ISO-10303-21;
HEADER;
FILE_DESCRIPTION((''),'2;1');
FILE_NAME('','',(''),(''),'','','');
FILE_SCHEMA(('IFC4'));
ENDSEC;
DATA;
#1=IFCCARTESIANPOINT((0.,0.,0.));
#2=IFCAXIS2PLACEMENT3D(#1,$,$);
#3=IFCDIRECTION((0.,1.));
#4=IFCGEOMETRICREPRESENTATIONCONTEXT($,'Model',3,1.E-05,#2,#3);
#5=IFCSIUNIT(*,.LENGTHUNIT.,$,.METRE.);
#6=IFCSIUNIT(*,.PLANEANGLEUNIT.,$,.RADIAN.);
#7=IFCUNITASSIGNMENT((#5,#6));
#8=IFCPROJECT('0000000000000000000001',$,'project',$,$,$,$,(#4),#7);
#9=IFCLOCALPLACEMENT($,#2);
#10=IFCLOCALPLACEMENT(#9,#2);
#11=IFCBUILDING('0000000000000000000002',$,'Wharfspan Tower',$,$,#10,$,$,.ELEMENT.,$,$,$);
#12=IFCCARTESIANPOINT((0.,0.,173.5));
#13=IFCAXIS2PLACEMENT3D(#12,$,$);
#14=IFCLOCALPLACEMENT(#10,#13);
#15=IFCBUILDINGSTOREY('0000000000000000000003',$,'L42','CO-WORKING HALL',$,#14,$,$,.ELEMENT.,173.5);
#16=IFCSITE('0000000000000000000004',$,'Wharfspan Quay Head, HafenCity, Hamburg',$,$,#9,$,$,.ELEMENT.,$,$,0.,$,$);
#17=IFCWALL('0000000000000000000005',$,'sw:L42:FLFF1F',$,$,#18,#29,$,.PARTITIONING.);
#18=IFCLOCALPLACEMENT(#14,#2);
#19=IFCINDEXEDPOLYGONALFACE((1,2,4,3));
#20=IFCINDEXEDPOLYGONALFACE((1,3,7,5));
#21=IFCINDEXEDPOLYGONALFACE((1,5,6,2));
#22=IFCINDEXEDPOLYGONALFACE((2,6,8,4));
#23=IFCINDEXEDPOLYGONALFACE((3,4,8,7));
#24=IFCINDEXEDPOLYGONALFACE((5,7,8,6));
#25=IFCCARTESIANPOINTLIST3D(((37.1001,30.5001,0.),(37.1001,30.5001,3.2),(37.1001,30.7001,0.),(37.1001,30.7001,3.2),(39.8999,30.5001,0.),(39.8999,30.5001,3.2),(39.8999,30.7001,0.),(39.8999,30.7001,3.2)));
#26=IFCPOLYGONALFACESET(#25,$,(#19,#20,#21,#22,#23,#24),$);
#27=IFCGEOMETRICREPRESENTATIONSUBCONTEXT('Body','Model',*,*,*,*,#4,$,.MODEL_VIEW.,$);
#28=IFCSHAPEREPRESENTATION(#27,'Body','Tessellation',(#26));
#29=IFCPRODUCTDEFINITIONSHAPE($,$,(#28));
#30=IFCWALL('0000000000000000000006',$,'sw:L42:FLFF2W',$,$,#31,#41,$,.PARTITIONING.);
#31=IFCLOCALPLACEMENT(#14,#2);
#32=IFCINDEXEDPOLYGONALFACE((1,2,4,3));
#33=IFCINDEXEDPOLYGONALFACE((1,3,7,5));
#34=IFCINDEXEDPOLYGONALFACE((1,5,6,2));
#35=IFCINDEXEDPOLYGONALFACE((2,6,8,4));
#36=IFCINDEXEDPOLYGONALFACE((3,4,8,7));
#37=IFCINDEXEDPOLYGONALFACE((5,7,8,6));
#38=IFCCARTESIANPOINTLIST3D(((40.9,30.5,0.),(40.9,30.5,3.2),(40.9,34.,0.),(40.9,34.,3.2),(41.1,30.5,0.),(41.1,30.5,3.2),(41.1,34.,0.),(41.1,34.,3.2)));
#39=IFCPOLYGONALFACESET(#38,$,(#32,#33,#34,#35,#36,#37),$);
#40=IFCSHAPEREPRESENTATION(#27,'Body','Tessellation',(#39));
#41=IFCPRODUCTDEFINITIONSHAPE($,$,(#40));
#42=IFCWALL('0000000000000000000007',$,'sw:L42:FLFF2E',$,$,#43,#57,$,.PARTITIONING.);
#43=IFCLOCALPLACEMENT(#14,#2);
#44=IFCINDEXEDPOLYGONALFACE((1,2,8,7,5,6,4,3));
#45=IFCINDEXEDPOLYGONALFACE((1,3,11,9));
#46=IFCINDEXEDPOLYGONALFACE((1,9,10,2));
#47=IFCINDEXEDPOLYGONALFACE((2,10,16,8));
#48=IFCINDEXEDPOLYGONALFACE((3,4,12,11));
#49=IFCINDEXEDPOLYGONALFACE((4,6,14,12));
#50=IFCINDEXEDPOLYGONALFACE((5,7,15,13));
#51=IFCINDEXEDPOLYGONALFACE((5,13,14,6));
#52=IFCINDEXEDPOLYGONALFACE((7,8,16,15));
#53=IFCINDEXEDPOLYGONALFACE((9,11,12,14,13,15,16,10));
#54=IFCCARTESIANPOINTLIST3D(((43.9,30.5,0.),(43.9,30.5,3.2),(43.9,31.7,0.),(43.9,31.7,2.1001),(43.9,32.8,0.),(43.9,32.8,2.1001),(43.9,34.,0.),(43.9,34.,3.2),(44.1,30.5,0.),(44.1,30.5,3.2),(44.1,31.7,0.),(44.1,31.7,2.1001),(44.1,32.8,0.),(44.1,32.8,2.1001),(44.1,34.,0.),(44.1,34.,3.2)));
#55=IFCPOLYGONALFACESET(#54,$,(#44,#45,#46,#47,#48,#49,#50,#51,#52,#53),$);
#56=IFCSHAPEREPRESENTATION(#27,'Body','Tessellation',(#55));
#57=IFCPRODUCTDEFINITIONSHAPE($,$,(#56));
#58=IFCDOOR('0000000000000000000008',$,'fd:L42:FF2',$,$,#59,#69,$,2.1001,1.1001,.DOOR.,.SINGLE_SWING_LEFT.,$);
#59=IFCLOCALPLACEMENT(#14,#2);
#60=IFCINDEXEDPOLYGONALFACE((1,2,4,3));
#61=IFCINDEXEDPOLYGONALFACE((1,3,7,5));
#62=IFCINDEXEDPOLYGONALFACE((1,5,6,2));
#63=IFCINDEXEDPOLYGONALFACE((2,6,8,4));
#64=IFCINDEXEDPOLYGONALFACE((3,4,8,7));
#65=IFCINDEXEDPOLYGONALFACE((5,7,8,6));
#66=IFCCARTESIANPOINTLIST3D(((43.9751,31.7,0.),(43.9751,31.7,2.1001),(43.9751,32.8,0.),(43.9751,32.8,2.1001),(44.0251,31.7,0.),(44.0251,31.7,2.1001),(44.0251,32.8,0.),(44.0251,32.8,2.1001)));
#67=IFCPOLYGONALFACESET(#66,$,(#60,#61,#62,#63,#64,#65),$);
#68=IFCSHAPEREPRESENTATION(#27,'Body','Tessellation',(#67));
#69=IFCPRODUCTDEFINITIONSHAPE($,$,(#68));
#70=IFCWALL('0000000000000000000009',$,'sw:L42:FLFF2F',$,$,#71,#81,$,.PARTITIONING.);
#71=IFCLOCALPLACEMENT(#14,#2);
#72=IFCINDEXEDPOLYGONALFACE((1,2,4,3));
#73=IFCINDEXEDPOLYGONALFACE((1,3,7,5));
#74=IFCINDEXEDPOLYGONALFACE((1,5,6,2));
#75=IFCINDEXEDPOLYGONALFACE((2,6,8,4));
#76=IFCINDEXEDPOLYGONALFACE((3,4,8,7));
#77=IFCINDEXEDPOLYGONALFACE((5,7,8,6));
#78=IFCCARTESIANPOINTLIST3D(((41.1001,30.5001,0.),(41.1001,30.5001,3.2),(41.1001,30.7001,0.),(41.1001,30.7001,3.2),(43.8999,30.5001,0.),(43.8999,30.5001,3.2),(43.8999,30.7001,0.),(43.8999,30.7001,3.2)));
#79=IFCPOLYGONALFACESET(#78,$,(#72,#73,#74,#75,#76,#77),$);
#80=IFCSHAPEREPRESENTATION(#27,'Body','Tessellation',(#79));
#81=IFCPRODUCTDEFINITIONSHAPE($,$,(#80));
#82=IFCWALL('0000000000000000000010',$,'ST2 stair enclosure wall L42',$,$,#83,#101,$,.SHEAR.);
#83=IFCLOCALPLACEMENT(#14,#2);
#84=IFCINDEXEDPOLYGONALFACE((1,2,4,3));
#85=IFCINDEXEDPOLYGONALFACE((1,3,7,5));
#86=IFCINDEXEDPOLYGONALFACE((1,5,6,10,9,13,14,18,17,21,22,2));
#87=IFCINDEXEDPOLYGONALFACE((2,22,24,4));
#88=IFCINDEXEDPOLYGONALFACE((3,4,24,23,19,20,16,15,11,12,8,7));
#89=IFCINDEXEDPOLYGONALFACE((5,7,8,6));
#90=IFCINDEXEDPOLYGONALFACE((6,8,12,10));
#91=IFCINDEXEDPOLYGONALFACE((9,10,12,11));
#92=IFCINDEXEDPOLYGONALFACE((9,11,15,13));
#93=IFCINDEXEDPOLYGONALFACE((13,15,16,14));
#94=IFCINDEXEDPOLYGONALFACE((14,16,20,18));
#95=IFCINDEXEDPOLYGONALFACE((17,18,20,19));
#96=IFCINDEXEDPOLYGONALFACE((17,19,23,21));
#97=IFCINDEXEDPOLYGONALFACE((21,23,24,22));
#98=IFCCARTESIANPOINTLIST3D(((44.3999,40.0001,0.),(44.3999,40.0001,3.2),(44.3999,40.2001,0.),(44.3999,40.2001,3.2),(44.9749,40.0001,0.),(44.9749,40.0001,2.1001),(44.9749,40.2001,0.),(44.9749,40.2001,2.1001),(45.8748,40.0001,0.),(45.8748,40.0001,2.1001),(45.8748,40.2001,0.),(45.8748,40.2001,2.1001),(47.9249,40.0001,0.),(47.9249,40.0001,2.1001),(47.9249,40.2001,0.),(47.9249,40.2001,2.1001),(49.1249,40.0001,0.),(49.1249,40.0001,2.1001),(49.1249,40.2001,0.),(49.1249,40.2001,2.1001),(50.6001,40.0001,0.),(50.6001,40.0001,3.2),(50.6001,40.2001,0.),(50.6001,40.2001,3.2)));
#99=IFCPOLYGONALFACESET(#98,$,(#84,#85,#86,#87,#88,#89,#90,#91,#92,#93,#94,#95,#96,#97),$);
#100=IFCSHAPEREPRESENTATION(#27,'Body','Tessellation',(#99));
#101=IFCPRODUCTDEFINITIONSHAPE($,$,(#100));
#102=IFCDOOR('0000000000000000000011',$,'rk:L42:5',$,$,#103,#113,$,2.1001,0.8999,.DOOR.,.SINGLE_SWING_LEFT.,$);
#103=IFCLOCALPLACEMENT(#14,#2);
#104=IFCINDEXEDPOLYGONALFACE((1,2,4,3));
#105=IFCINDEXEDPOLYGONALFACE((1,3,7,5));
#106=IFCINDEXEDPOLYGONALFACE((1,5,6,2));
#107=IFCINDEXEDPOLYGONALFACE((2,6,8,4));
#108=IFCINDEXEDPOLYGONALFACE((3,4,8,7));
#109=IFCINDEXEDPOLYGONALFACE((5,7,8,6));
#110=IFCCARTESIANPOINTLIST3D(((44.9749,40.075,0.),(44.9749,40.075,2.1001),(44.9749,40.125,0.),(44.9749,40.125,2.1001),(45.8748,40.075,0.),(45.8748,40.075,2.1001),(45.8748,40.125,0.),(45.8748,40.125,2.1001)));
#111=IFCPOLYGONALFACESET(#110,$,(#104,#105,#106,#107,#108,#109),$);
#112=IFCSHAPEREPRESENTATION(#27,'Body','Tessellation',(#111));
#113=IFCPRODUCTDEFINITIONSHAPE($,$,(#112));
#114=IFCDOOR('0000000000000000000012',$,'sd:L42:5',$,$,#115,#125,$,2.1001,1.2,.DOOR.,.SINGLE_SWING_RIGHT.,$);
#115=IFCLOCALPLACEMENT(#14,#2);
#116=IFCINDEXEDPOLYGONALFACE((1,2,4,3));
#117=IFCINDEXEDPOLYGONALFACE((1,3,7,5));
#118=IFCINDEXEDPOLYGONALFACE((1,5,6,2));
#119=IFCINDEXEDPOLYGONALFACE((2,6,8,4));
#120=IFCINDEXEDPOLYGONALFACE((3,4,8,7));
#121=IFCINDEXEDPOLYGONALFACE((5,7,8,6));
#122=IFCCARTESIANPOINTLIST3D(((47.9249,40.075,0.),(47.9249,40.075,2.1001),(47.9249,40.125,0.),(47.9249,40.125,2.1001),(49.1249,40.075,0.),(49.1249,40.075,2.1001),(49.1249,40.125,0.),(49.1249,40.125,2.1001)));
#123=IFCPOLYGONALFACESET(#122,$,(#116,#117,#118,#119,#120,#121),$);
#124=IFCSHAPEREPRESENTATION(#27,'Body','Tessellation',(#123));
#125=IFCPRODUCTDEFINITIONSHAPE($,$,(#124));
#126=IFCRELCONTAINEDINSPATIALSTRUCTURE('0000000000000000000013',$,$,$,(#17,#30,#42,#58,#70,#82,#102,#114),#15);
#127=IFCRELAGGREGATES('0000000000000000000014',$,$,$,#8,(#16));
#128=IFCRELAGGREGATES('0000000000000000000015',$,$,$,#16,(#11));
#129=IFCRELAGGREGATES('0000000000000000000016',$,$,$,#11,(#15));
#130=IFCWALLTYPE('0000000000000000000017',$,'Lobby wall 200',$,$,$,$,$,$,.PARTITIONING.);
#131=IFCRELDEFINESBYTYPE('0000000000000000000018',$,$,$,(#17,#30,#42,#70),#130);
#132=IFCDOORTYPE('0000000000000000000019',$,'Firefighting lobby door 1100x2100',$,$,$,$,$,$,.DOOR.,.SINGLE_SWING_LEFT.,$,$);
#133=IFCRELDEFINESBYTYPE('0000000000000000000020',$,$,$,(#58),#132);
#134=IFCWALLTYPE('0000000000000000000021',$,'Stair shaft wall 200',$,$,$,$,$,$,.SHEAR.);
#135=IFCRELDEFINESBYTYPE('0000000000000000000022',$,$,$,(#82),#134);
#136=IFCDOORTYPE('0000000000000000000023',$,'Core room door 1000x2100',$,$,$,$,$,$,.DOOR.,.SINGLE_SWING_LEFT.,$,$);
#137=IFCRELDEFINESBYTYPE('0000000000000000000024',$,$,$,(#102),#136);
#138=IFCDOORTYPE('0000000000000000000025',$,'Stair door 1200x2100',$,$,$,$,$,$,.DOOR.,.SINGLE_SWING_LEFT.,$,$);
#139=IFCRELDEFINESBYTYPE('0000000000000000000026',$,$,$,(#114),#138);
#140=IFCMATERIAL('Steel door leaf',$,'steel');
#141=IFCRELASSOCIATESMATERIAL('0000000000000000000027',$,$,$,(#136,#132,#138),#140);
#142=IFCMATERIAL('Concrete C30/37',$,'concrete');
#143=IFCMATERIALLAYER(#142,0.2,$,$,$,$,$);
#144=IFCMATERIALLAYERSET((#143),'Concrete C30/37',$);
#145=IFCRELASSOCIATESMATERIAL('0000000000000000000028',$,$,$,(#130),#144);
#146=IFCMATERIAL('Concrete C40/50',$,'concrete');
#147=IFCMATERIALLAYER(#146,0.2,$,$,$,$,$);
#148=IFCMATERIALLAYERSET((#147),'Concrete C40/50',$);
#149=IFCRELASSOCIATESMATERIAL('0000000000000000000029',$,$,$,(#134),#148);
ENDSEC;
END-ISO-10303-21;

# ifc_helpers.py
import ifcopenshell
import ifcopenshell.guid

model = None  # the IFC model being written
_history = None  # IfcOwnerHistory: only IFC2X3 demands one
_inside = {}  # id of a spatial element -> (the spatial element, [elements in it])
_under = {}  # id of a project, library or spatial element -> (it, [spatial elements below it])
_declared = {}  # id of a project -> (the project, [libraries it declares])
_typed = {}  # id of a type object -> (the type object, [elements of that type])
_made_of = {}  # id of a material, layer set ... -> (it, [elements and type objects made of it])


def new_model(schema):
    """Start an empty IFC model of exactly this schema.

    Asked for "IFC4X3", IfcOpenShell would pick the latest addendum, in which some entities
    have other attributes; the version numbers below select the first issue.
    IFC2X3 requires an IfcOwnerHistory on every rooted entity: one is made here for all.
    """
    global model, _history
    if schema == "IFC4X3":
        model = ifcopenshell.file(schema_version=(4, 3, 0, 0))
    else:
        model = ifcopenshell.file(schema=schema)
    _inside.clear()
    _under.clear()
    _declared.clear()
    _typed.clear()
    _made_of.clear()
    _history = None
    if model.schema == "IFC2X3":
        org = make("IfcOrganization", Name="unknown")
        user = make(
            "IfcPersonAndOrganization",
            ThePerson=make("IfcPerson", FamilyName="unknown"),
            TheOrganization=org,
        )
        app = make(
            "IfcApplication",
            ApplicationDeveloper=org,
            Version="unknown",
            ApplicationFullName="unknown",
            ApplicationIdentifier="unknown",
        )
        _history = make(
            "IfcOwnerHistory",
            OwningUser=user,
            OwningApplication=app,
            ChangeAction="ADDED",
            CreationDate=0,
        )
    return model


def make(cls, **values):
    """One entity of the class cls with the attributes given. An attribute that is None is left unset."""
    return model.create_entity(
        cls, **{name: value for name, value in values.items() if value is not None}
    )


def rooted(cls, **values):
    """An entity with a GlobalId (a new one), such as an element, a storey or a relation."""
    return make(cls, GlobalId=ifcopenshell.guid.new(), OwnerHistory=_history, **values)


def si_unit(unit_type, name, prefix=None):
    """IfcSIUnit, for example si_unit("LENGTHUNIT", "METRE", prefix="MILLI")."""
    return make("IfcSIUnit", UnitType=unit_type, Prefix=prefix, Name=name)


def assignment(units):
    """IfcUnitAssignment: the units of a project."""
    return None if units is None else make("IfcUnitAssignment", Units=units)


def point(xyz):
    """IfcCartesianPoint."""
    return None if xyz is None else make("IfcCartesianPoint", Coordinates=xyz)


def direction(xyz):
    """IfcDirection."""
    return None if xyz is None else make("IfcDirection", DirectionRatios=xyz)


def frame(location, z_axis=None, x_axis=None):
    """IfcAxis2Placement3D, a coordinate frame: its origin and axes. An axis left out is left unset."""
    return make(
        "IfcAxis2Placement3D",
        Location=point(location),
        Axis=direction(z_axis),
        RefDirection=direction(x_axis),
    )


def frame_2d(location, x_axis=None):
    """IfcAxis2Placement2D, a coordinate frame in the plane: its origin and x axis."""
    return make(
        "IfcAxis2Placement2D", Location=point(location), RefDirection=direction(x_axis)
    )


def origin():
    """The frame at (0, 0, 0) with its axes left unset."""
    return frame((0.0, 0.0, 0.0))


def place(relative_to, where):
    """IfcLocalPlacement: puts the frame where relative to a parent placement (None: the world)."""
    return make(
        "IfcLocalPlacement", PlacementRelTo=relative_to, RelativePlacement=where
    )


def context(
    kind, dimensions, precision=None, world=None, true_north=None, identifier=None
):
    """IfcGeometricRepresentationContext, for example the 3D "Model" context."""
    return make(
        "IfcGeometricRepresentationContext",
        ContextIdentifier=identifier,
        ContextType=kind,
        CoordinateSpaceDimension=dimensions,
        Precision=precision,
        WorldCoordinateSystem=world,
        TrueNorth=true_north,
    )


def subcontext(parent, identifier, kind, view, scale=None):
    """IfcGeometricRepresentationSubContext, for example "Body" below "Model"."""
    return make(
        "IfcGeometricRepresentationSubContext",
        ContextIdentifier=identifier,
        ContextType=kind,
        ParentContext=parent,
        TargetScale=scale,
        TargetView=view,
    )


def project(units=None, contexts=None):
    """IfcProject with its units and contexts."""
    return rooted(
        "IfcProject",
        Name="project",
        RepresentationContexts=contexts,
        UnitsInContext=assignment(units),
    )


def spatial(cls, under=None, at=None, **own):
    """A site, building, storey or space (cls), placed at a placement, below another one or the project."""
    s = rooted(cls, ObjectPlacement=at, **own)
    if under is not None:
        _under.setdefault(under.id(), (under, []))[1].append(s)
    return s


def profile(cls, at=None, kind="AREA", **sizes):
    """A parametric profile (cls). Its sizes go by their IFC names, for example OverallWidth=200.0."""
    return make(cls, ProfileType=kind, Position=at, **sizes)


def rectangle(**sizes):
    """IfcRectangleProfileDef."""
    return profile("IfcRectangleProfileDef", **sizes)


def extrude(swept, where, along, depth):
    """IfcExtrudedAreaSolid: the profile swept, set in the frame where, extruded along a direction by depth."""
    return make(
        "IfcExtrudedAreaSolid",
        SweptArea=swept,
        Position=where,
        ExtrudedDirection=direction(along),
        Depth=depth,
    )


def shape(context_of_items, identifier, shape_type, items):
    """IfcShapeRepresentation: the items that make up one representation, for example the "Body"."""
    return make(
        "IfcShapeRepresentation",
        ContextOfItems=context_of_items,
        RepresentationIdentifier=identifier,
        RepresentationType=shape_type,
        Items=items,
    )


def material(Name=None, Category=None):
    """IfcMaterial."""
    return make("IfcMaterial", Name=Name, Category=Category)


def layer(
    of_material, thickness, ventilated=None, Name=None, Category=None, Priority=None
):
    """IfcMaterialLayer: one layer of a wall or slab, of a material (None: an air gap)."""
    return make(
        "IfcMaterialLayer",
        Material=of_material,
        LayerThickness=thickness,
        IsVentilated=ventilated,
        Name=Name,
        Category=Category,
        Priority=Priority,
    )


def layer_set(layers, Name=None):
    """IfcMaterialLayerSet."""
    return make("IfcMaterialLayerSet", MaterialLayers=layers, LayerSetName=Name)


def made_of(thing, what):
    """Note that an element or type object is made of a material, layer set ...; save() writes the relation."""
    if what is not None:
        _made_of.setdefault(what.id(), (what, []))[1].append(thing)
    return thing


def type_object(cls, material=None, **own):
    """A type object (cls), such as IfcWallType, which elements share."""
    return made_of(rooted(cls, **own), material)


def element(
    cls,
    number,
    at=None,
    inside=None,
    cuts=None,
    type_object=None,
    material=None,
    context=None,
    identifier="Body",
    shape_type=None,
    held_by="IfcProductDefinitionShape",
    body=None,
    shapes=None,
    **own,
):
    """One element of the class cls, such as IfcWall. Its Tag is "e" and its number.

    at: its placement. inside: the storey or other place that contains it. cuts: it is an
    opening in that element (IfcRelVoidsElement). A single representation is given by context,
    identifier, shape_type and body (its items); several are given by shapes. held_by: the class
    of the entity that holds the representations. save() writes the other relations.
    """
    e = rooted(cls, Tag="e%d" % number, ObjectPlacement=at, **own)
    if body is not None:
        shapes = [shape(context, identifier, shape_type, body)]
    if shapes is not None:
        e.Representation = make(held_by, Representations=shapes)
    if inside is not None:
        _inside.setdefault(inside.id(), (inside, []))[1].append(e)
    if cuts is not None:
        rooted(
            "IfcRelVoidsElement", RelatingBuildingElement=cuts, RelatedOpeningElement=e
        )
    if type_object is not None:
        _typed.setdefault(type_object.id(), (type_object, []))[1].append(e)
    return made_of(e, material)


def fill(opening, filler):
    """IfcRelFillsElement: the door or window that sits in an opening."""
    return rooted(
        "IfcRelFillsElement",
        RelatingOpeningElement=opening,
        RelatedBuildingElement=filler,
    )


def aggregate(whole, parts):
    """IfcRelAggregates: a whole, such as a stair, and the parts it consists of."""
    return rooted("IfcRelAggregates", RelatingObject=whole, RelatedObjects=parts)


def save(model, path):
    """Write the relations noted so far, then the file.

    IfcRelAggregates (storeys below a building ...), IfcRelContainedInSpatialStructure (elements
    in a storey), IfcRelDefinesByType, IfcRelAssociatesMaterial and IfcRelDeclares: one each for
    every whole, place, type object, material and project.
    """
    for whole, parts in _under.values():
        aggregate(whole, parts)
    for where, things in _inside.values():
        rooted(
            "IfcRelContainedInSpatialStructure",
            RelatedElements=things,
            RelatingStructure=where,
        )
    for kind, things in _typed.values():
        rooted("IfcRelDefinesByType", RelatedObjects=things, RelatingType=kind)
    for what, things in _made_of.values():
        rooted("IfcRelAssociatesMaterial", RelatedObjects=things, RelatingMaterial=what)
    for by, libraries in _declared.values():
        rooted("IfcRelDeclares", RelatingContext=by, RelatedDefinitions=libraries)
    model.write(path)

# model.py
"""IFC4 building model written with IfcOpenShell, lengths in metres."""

from ifc_helpers import new_model, si_unit, direction, frame, frame_2d, origin, place, context, subcontext, project, spatial, rectangle, extrude, material, layer, layer_set, type_object, element, fill, save


model = new_model("IFC4")

# Units and contexts
model_context = context("Model", 3, precision=1e-05, world=origin(), true_north=direction((0.0, 1.0)))
body_context = subcontext(model_context, "Body", "Model", "MODEL_VIEW")
ifc_project = project(units=[si_unit("LENGTHUNIT", "METRE"), si_unit("PLANEANGLEUNIT", "RADIAN")], contexts=[model_context])

# Site, building, storey
site_placement = place(None, origin())
site = spatial("IfcSite", under=ifc_project, at=site_placement, Name="Wharfspan Quay Head, HafenCity, Hamburg", CompositionType="ELEMENT", RefElevation=0.0)
building_placement = place(site_placement, origin())
building = spatial("IfcBuilding", under=site, at=building_placement, Name="Wharfspan Tower", CompositionType="ELEMENT")
storey_placement = place(building_placement, frame((0.0, 0.0, 173.5)))
storey = spatial("IfcBuildingStorey", under=building, at=storey_placement, Name="L42", Description="CO-WORKING HALL", CompositionType="ELEMENT", Elevation=173.5)

# Shared definitions
ifc_material_1 = material(Name="Steel door leaf", Category="steel")
door_type_1 = type_object("IfcDoorType", Name="Core room door 1000x2100", OperationType="SINGLE_SWING_LEFT", PredefinedType="DOOR", material=ifc_material_1)

# Shared definitions
ifc_material_2 = material(Name="Concrete C30/37", Category="concrete")
ifc_layer_1 = layer(ifc_material_2, 0.2)
ifc_layer_set_1 = layer_set([ifc_layer_1], Name="Concrete C30/37")
wall_type_1 = type_object("IfcWallType", Name="Lobby wall 200", PredefinedType="PARTITIONING", material=ifc_layer_set_1)
door_type_2 = type_object("IfcDoorType", Name="Firefighting lobby door 1100x2100", OperationType="SINGLE_SWING_LEFT", PredefinedType="DOOR", material=ifc_material_1)

# Walls
wall_1_placement = place(storey_placement, frame((37.1001, 30.6001, 0.0), z_axis=(0.0, 0.0, 1.0), x_axis=(1.0, 0.0, 0.0)))
element("IfcWall", 1, at=wall_1_placement, inside=storey, type_object=wall_type_1, Name="sw:L42:FLFF1F", PredefinedType="PARTITIONING", context=body_context, shape_type="SweptSolid", body=[
    extrude(rectangle(XDim=2.7998, YDim=0.2, at=frame_2d((1.3999, 0.0))), origin(), (0.0, 0.0, 1.0), 3.2),
])
wall_2_placement = place(storey_placement, frame((41.0, 30.5, 0.0), z_axis=(0.0, 0.0, 1.0), x_axis=(0.0, 1.0, 0.0)))
element("IfcWall", 2, at=wall_2_placement, inside=storey, type_object=wall_type_1, Name="sw:L42:FLFF2W", PredefinedType="PARTITIONING", context=body_context, shape_type="SweptSolid", body=[
    extrude(rectangle(XDim=3.5, YDim=0.2, at=frame_2d((1.75, 0.0))), origin(), (0.0, 0.0, 1.0), 3.2),
])

# Wall, opening, door
wall_3_placement = place(storey_placement, frame((44.0, 30.5, 0.0), z_axis=(0.0, 0.0, 1.0), x_axis=(0.0, 1.0, 0.0)))
wall_3 = element("IfcWall", 3, at=wall_3_placement, inside=storey, type_object=wall_type_1, Name="sw:L42:FLFF2E", PredefinedType="PARTITIONING", context=body_context, shape_type="SweptSolid", body=[
    extrude(rectangle(XDim=3.5, YDim=0.2, at=frame_2d((1.75, 0.0))), origin(), (0.0, 0.0, 1.0), 3.2),
])
opening_1_placement = place(wall_3_placement, frame((1.2, 0.0, 0.0)))
opening_1 = element("IfcOpeningElement", 4, at=opening_1_placement, cuts=wall_3, PredefinedType="OPENING", context=body_context, shape_type="SweptSolid", body=[
    extrude(rectangle(XDim=1.1001, YDim=2.1001, at=frame_2d((0.55, 1.05))), frame((0.0, 0.1099, 0.0), z_axis=(0.0, -1.0, 0.0), x_axis=(1.0, 0.0, 0.0)), (0.0, 0.0, 1.0), 0.22),
])
door_1_placement = place(opening_1_placement, origin())
door_1 = element("IfcDoor", 5, at=door_1_placement, inside=storey, type_object=door_type_2, Name="fd:L42:FF2", OperationType="SINGLE_SWING_LEFT", OverallHeight=2.1001, OverallWidth=1.1001, PredefinedType="DOOR", context=body_context, shape_type="SweptSolid", body=[
    extrude(rectangle(XDim=1.1001, YDim=2.1001, at=frame_2d((0.55, 1.05))), frame((0.0, 0.0249, 0.0), z_axis=(0.0, -1.0, 0.0), x_axis=(1.0, 0.0, 0.0)), (0.0, 0.0, 1.0), 0.05),
])
fill(opening_1, door_1)

# Wall
wall_4_placement = place(storey_placement, frame((41.1001, 30.6001, 0.0), z_axis=(0.0, 0.0, 1.0), x_axis=(1.0, 0.0, 0.0)))
element("IfcWall", 6, at=wall_4_placement, inside=storey, type_object=wall_type_1, Name="sw:L42:FLFF2F", PredefinedType="PARTITIONING", context=body_context, shape_type="SweptSolid", body=[
    extrude(rectangle(XDim=2.7998, YDim=0.2, at=frame_2d((1.3999, 0.0))), origin(), (0.0, 0.0, 1.0), 3.2),
])

# Wall, openings, doors
ifc_material_3 = material(Name="Concrete C40/50", Category="concrete")
ifc_layer_2 = layer(ifc_material_3, 0.2)
ifc_layer_set_2 = layer_set([ifc_layer_2], Name="Concrete C40/50")
wall_type_2 = type_object("IfcWallType", Name="Stair shaft wall 200", PredefinedType="SHEAR", material=ifc_layer_set_2)
wall_5_placement = place(storey_placement, frame((44.3999, 40.1001, 0.0), z_axis=(0.0, 0.0, 1.0), x_axis=(1.0, 0.0, 0.0)))
wall_5 = element("IfcWall", 7, at=wall_5_placement, inside=storey, type_object=wall_type_2, Name="ST2 stair enclosure wall L42", PredefinedType="SHEAR", context=body_context, shape_type="SweptSolid", body=[
    extrude(rectangle(XDim=6.2002, YDim=0.2, at=frame_2d((3.1001, 0.0))), origin(), (0.0, 0.0, 1.0), 3.2),
])
opening_2_placement = place(wall_5_placement, frame((3.5249, 0.0, 0.0)))
opening_2 = element("IfcOpeningElement", 8, at=opening_2_placement, cuts=wall_5, PredefinedType="OPENING", context=body_context, shape_type="SweptSolid", body=[
    extrude(rectangle(XDim=1.2, YDim=2.1001, at=frame_2d((0.6001, 1.05))), frame((0.0, 0.1099, 0.0), z_axis=(0.0, -1.0, 0.0), x_axis=(1.0, 0.0, 0.0)), (0.0, 0.0, 1.0), 0.22),
])
opening_3_placement = place(wall_5_placement, frame((0.575, 0.0, 0.0)))
opening_3 = element("IfcOpeningElement", 9, at=opening_3_placement, cuts=wall_5, PredefinedType="OPENING", context=body_context, shape_type="SweptSolid", body=[
    extrude(rectangle(XDim=0.8999, YDim=2.1001, at=frame_2d((0.45, 1.05))), frame((0.0, 0.1099, 0.0), z_axis=(0.0, -1.0, 0.0), x_axis=(1.0, 0.0, 0.0)), (0.0, 0.0, 1.0), 0.22),
])
door_2_placement = place(opening_3_placement, origin())
door_2 = element("IfcDoor", 10, at=door_2_placement, inside=storey, type_object=door_type_1, Name="rk:L42:5", OperationType="SINGLE_SWING_LEFT", OverallHeight=2.1001, OverallWidth=0.8999, PredefinedType="DOOR", context=body_context, shape_type="SweptSolid", body=[
    extrude(rectangle(XDim=0.8999, YDim=2.1001, at=frame_2d((0.45, 1.05))), frame((0.0, 0.0249, 0.0), z_axis=(0.0, -1.0, 0.0), x_axis=(1.0, 0.0, 0.0)), (0.0, 0.0, 1.0), 0.05),
])
fill(opening_3, door_2)
door_type_3 = type_object("IfcDoorType", Name="Stair door 1200x2100", OperationType="SINGLE_SWING_LEFT", PredefinedType="DOOR", material=ifc_material_1)
door_3_placement = place(opening_2_placement, origin())
door_3 = element("IfcDoor", 11, at=door_3_placement, inside=storey, type_object=door_type_3, Name="sd:L42:5", OperationType="SINGLE_SWING_RIGHT", OverallHeight=2.1001, OverallWidth=1.2, PredefinedType="DOOR", context=body_context, shape_type="SweptSolid", body=[
    extrude(rectangle(XDim=1.2, YDim=2.1001, at=frame_2d((0.6001, 1.05))), frame((0.0, 0.0249, 0.0), z_axis=(0.0, -1.0, 0.0), x_axis=(1.0, 0.0, 0.0)), (0.0, 0.0, 1.0), 0.05),
])
fill(opening_2, door_3)

save(model, "model.ifc")
